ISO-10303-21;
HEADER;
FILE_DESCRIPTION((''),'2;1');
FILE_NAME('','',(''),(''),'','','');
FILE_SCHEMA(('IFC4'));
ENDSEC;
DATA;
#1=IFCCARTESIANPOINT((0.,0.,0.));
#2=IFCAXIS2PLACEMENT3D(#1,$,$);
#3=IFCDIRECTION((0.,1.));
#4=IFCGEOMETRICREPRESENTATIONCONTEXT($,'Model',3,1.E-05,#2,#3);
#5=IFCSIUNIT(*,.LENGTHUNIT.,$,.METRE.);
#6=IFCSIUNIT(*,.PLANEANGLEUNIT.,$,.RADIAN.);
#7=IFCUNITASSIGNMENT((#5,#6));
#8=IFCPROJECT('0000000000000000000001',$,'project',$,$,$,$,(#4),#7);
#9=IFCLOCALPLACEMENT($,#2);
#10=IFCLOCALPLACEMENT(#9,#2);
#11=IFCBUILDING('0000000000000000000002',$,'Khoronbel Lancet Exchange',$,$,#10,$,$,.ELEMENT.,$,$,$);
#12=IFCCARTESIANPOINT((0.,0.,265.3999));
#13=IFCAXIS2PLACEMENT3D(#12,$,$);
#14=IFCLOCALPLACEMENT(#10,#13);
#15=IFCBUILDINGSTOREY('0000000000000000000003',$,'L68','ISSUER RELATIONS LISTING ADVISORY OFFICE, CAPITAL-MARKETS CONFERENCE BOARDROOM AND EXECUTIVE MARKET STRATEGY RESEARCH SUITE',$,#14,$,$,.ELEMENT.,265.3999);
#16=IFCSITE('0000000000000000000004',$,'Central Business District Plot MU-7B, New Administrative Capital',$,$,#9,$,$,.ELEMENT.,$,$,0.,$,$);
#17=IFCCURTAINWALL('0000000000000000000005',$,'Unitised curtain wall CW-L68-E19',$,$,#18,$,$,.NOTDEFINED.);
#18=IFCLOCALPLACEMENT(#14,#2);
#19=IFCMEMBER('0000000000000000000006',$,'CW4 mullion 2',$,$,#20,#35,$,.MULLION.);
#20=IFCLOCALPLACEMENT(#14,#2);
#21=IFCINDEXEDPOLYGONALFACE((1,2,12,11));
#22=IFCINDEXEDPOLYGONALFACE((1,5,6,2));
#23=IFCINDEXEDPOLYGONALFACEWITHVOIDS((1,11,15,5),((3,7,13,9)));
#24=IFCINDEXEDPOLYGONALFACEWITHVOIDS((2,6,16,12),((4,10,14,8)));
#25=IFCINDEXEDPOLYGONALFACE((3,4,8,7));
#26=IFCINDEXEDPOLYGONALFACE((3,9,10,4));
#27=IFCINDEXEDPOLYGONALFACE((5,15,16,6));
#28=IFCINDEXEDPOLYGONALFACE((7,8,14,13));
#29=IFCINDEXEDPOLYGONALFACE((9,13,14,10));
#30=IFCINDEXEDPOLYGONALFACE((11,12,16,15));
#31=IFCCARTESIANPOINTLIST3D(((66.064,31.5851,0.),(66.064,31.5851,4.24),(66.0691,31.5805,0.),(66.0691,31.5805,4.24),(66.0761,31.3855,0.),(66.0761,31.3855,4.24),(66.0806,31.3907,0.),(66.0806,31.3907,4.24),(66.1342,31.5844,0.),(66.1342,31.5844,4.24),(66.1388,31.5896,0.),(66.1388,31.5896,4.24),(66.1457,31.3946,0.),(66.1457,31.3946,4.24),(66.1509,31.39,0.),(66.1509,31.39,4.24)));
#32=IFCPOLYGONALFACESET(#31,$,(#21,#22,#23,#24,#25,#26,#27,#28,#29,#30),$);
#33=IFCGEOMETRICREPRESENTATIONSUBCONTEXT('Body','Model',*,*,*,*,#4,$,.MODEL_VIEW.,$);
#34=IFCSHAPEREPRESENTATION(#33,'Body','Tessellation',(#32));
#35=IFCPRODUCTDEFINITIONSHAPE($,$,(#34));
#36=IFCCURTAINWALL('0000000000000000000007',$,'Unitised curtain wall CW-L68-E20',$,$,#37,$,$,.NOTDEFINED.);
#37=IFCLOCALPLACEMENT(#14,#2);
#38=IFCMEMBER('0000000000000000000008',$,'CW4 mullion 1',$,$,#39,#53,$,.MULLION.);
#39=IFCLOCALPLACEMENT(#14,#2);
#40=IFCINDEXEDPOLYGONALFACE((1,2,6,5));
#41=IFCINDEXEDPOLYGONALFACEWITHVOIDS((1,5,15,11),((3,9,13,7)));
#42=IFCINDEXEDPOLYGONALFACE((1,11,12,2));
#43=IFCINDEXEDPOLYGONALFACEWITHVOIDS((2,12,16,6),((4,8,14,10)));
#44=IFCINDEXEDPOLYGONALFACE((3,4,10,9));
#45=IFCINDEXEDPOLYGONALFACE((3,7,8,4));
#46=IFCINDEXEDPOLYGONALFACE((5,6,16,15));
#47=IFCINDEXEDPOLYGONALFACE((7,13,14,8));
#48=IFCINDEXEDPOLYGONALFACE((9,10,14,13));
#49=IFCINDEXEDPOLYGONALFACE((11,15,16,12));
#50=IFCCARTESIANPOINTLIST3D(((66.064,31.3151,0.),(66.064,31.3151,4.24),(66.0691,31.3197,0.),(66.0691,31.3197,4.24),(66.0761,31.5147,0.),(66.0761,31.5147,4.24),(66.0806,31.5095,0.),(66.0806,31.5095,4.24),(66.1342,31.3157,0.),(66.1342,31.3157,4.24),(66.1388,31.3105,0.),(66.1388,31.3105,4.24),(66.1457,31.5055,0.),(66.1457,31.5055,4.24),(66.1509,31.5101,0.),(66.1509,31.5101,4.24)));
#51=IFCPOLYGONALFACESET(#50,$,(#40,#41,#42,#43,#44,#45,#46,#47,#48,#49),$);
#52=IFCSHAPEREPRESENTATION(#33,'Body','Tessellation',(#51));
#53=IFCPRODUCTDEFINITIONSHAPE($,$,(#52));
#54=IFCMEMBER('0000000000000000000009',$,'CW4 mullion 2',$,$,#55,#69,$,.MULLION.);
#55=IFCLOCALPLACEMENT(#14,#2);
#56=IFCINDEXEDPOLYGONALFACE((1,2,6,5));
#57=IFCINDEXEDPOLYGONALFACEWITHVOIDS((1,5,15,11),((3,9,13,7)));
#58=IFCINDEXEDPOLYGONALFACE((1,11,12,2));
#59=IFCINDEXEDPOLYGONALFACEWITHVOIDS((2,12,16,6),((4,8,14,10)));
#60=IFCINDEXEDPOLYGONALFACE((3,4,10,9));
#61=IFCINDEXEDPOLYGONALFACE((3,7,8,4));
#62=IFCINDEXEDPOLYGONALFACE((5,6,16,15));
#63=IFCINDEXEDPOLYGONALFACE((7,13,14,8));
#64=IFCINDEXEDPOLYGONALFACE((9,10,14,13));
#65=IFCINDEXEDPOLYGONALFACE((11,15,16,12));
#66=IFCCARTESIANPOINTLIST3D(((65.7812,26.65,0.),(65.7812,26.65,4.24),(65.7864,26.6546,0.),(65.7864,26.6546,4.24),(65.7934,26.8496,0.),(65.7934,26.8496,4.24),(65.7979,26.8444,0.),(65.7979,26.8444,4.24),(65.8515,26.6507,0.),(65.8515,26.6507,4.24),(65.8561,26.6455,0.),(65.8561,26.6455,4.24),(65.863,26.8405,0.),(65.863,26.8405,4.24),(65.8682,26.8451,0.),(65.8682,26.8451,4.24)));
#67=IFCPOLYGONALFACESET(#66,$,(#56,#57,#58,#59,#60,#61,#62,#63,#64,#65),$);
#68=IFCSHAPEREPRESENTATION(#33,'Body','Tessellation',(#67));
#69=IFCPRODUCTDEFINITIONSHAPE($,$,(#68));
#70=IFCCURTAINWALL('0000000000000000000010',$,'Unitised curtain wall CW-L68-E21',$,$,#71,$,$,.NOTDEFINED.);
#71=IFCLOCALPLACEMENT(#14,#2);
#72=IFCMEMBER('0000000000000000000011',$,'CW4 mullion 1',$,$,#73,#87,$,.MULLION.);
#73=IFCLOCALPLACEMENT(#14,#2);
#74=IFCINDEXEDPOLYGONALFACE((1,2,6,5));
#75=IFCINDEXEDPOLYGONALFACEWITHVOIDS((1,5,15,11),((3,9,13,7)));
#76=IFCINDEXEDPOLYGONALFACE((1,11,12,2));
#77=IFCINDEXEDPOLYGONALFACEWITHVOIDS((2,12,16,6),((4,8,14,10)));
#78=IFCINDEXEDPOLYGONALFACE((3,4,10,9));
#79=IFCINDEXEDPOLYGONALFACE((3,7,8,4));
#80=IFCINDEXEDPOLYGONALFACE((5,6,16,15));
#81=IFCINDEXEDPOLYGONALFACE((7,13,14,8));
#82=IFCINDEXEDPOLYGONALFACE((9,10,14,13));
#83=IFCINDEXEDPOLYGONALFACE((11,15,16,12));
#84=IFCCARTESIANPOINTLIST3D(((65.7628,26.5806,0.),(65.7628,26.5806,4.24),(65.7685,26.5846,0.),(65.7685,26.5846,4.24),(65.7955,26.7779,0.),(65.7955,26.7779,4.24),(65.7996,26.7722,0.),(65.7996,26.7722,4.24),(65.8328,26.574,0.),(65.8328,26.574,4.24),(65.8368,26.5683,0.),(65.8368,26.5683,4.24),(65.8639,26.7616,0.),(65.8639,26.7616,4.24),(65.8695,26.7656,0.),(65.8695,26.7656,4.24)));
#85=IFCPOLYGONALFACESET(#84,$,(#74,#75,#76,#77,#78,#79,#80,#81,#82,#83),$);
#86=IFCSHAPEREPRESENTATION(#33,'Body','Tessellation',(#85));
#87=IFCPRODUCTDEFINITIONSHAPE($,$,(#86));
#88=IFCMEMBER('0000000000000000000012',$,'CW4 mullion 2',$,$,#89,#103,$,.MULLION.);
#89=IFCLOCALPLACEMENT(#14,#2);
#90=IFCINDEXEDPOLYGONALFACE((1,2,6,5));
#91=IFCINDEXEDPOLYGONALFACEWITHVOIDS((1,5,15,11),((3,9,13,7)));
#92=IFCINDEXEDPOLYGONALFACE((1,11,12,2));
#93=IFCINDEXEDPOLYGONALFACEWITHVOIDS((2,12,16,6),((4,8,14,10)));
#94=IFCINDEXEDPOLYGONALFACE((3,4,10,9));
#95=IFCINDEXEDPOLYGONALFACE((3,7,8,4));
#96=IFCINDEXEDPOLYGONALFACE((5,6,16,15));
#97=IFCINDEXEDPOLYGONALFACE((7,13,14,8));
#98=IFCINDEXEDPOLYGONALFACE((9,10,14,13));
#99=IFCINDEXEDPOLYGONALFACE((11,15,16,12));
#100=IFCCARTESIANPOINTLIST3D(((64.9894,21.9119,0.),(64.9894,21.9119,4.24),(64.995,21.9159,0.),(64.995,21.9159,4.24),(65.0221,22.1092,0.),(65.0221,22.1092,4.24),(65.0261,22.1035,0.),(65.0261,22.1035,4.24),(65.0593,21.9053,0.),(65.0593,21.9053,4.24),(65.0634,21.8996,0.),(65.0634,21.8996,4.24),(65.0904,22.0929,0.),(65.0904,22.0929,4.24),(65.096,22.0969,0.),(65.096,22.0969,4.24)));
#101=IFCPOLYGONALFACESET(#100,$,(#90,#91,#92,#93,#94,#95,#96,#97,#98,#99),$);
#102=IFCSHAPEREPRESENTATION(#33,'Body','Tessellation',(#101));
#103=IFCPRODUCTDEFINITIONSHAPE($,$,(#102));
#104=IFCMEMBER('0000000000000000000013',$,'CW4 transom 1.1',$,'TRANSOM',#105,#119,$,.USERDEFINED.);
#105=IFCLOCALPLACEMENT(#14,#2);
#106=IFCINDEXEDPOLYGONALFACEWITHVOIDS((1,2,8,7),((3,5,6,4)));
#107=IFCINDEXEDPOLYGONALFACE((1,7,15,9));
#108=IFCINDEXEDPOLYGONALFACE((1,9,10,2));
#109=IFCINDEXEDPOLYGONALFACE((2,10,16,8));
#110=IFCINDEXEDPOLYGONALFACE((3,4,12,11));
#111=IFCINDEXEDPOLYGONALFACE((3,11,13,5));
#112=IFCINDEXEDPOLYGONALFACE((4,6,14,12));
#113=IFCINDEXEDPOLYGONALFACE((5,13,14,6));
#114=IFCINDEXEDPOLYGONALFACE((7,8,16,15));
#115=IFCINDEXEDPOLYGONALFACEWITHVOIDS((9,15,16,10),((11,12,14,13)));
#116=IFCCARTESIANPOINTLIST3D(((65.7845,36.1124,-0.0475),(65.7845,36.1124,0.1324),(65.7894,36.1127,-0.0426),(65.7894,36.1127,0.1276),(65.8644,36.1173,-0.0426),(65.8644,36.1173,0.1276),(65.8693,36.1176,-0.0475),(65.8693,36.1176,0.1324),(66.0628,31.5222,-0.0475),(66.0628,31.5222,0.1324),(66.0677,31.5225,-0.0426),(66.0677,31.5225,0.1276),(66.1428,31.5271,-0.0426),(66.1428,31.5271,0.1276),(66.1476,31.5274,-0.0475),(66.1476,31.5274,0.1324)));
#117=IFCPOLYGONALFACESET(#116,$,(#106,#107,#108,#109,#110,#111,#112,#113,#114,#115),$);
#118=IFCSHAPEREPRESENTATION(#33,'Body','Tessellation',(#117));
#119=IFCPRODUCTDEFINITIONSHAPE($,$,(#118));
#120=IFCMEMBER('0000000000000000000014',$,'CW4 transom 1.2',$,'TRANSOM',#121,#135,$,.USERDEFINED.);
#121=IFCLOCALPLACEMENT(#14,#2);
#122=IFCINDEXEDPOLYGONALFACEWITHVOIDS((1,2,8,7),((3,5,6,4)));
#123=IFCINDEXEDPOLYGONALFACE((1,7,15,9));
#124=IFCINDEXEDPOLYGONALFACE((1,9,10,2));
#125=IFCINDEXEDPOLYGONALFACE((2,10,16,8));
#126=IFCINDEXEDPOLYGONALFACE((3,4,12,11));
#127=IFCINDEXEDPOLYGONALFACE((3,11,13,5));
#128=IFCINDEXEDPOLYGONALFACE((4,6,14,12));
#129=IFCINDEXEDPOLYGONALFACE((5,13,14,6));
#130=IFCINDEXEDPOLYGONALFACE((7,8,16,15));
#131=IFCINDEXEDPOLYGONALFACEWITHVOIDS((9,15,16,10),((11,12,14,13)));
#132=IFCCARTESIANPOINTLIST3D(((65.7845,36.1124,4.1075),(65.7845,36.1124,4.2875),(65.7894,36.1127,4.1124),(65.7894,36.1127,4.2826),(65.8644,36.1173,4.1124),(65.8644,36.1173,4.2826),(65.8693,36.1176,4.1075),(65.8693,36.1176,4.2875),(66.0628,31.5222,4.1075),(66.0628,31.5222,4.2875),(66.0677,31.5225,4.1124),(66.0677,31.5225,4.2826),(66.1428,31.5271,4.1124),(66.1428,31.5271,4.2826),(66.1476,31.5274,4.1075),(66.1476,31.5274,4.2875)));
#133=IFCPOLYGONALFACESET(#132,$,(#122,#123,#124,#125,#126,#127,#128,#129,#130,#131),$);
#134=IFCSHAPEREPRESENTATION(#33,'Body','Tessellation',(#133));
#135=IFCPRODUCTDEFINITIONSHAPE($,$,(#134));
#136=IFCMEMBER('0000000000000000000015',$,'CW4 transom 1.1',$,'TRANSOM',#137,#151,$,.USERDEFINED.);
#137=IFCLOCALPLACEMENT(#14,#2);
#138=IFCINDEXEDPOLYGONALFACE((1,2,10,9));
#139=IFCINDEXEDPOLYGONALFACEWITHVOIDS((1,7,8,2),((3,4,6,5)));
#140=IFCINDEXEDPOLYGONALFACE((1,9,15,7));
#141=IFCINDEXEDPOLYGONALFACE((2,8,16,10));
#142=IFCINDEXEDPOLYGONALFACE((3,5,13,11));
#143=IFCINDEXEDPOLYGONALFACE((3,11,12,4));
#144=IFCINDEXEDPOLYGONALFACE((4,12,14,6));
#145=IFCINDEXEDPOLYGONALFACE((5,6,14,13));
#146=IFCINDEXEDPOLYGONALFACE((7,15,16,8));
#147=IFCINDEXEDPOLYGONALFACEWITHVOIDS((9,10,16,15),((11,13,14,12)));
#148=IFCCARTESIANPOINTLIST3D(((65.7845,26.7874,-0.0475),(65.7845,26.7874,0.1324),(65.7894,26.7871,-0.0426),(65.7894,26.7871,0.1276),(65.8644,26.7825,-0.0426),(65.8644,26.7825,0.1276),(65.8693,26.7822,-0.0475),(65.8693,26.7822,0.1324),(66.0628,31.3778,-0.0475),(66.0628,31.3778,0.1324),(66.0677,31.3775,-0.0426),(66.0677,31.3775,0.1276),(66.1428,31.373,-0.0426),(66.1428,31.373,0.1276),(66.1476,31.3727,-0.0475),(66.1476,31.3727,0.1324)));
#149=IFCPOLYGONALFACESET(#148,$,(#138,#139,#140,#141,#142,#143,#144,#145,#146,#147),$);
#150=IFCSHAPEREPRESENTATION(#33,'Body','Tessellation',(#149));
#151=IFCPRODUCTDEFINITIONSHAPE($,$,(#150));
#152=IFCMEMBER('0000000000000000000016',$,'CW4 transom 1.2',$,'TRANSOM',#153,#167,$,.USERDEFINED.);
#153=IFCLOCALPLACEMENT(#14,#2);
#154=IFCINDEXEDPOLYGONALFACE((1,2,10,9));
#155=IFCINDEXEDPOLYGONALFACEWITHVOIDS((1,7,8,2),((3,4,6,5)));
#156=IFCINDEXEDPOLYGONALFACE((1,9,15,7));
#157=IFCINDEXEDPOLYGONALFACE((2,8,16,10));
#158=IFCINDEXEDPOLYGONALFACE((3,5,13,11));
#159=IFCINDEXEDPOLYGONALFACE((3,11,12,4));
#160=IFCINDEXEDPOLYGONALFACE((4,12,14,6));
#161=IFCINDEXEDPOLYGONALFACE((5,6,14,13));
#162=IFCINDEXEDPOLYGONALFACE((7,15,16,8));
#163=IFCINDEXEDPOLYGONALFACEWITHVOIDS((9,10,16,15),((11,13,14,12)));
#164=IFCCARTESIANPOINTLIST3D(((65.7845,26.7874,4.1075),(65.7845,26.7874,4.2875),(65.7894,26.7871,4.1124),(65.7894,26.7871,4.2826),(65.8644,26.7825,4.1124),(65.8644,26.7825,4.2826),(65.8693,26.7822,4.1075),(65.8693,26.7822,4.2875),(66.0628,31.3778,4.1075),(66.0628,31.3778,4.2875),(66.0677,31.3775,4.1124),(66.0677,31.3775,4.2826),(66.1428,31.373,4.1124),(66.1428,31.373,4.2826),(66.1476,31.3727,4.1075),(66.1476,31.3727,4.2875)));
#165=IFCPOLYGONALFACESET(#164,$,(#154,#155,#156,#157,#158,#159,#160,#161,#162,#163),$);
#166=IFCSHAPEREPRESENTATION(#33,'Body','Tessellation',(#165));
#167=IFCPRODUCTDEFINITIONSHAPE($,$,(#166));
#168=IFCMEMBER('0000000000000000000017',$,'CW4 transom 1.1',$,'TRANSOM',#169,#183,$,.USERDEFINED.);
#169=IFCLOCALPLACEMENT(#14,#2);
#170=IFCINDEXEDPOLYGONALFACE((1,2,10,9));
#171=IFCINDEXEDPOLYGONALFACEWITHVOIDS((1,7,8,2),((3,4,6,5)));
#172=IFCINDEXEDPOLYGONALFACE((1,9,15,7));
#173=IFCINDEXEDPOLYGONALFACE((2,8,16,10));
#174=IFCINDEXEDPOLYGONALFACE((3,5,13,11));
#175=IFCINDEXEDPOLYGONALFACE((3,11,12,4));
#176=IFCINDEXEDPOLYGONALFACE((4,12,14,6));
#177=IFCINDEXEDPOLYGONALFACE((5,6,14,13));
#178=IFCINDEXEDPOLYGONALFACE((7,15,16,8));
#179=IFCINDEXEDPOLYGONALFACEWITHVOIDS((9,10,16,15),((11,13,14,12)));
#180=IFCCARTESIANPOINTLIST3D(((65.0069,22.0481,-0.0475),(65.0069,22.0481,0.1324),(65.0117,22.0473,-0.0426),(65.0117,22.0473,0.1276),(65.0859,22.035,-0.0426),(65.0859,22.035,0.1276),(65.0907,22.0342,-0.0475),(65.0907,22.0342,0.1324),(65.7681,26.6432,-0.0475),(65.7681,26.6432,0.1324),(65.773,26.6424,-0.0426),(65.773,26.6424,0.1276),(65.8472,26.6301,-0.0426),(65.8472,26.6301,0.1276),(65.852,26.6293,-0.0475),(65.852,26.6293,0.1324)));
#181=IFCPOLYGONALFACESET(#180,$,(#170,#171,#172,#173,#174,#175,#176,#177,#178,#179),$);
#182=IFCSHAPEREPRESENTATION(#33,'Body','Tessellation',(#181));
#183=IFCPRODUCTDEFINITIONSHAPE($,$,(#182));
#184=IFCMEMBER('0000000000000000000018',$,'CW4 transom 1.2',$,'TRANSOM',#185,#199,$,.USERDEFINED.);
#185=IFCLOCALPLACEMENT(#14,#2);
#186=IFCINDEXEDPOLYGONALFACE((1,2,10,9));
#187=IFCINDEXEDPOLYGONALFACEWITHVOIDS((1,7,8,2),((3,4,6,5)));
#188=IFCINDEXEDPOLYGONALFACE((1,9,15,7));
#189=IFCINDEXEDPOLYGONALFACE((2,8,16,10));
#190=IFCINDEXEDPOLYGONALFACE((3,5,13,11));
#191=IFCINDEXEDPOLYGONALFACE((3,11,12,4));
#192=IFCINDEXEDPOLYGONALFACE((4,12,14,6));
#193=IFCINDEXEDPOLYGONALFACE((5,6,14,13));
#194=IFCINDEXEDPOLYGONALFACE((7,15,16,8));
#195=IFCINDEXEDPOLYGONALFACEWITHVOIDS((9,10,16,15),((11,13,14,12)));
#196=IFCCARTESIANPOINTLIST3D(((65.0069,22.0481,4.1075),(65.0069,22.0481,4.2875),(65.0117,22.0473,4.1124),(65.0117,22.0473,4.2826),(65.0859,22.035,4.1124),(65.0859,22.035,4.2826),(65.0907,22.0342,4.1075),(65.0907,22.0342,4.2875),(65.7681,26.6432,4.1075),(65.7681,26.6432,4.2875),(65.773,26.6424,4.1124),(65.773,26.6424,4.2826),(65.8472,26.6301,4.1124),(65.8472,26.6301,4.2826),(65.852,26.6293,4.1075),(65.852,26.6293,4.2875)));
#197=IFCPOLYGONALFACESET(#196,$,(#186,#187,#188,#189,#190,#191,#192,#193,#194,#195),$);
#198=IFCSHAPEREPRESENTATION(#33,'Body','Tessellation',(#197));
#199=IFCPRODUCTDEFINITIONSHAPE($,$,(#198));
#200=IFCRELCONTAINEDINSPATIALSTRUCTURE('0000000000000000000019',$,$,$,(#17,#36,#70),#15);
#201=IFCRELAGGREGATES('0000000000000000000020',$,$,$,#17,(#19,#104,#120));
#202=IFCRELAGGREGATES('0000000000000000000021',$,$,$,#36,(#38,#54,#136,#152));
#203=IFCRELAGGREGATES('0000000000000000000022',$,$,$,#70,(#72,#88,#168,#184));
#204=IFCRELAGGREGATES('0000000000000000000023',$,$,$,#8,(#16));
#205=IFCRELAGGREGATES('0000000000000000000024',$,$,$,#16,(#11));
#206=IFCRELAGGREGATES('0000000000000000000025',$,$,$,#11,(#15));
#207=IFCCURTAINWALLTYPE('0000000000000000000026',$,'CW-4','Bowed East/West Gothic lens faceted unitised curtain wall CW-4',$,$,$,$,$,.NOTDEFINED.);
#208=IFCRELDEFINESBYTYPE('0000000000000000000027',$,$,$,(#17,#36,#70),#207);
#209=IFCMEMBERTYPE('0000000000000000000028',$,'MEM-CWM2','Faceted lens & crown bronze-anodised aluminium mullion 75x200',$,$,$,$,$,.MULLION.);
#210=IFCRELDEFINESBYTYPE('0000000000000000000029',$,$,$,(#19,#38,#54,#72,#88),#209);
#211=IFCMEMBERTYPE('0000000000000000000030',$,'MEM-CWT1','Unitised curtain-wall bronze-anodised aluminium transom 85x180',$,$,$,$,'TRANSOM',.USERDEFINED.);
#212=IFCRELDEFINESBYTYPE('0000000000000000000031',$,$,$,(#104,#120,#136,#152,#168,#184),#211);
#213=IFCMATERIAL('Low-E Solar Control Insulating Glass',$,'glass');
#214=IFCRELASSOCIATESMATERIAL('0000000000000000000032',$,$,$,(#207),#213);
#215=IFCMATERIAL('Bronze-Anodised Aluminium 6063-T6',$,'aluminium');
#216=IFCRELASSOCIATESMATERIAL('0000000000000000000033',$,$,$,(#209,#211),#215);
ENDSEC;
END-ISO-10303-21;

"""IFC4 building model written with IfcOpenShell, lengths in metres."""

from ifc_helpers import new_model, si_unit, direction, frame, origin, origin_2d, place, context, subcontext, project, spatial, hollow_rectangle, extrude, material, material_profile, profile_set, type_object, element, aggregate, save


model = new_model("IFC4")

# Units and contexts
model_context = context("Model", 3, precision=1e-05, world=origin(), true_north=direction((0.0, 1.0)))
body_context = subcontext(model_context, "Body", "Model", "MODEL_VIEW")
ifc_project = project(units=[si_unit("LENGTHUNIT", "METRE"), si_unit("PLANEANGLEUNIT", "RADIAN")], contexts=[model_context])

# Site, building, storey
site_placement = place(None, origin())
site = spatial("IfcSite", under=ifc_project, at=site_placement, Name="Central Business District Plot MU-7B, New Administrative Capital", CompositionType="ELEMENT", RefElevation=0.0)
building_placement = place(site_placement, origin())
building = spatial("IfcBuilding", under=site, at=building_placement, Name="Khoronbel Lancet Exchange", CompositionType="ELEMENT")
storey_placement = place(building_placement, frame((0.0, 0.0, 265.3999)))
storey = spatial("IfcBuildingStorey", under=building, at=storey_placement, Name="L68", Description="ISSUER RELATIONS LISTING ADVISORY OFFICE, CAPITAL-MARKETS CONFERENCE BOARDROOM AND EXECUTIVE MARKET STRATEGY RESEARCH SUITE", CompositionType="ELEMENT", Elevation=265.3999)

# Shared definitions
ifc_material_1 = material(Name="Low-E Solar Control Insulating Glass", Category="glass")
curtain_wall_type = type_object("IfcCurtainWallType", Name="CW-4", Description="Bowed East/West Gothic lens faceted unitised curtain wall CW-4", PredefinedType="NOTDEFINED", material=ifc_material_1)
ifc_material_2 = material(Name="Bronze-Anodised Aluminium 6063-T6", Category="aluminium")
ifc_material_profile_1 = material_profile(ifc_material_2, hollow_rectangle(XDim=0.075, YDim=0.2, WallThickness=0.0049, at=origin_2d()), Name="ALU MULLION 75x200")
ifc_profile_set_1 = profile_set([ifc_material_profile_1], Name="Bronze-Anodised Aluminium 6063-T6")
member_type_1 = type_object("IfcMemberType", Name="MEM-CWM2", Description="Faceted lens & crown bronze-anodised aluminium mullion 75x200", PredefinedType="MULLION", material=ifc_profile_set_1)

# Curtain walls, members
curtain_wall_1_placement = place(storey_placement, origin())
curtain_wall_1 = element("IfcCurtainWall", 1, at=curtain_wall_1_placement, inside=storey, type_object=curtain_wall_type, Name="Unitised curtain wall CW-L68-E19", PredefinedType="NOTDEFINED")
member_1_placement = place(storey_placement, frame((66.1074, 31.4875, 0.0), z_axis=(0.0, 0.0, 1.0), x_axis=(0.998167, 0.060523, 0.0)))
member_1 = element("IfcMember", 2, at=member_1_placement, type_object=member_type_1, Name="CW4 mullion 2", PredefinedType="MULLION", context=body_context, shape_type="SweptSolid", body=[
    extrude(hollow_rectangle(XDim=0.075, YDim=0.2, WallThickness=0.0049, at=origin_2d()), origin(), (0.0, 0.0, 1.0), 4.24),
])
curtain_wall_2_placement = place(storey_placement, origin())
curtain_wall_2 = element("IfcCurtainWall", 3, at=curtain_wall_2_placement, inside=storey, type_object=curtain_wall_type, Name="Unitised curtain wall CW-L68-E20", PredefinedType="NOTDEFINED")
member_2_placement = place(storey_placement, frame((66.1074, 31.4126, 0.0), z_axis=(0.0, 0.0, 1.0), x_axis=(0.998167, -0.060523, 0.0)))
member_2 = element("IfcMember", 4, at=member_2_placement, type_object=member_type_1, Name="CW4 mullion 1", PredefinedType="MULLION", context=body_context, shape_type="SweptSolid", body=[
    extrude(hollow_rectangle(XDim=0.075, YDim=0.2, WallThickness=0.0049, at=origin_2d()), origin(), (0.0, 0.0, 1.0), 4.24),
])
member_3_placement = place(storey_placement, frame((65.8247, 26.7476, 0.0), z_axis=(0.0, 0.0, 1.0), x_axis=(0.998167, -0.060523, 0.0)))
member_3 = element("IfcMember", 5, at=member_3_placement, type_object=member_type_1, Name="CW4 mullion 2", PredefinedType="MULLION", context=body_context, shape_type="SweptSolid", body=[
    extrude(hollow_rectangle(XDim=0.075, YDim=0.2, WallThickness=0.0049, at=origin_2d()), origin(), (0.0, 0.0, 1.0), 4.24),
])
curtain_wall_3_placement = place(storey_placement, origin())
curtain_wall_3 = element("IfcCurtainWall", 6, at=curtain_wall_3_placement, inside=storey, type_object=curtain_wall_type, Name="Unitised curtain wall CW-L68-E21", PredefinedType="NOTDEFINED")
member_4_placement = place(storey_placement, frame((65.8162, 26.6731, 0.0), z_axis=(0.0, 0.0, 1.0), x_axis=(0.986551, -0.163454, 0.0)))
member_4 = element("IfcMember", 7, at=member_4_placement, type_object=member_type_1, Name="CW4 mullion 1", PredefinedType="MULLION", context=body_context, shape_type="SweptSolid", body=[
    extrude(hollow_rectangle(XDim=0.075, YDim=0.2, WallThickness=0.0049, at=origin_2d()), origin(), (0.0, 0.0, 1.0), 4.24),
])
member_5_placement = place(storey_placement, frame((65.0427, 22.0044, 0.0), z_axis=(0.0, 0.0, 1.0), x_axis=(0.986551, -0.163454, 0.0)))
member_5 = element("IfcMember", 8, at=member_5_placement, type_object=member_type_1, Name="CW4 mullion 2", PredefinedType="MULLION", context=body_context, shape_type="SweptSolid", body=[
    extrude(hollow_rectangle(XDim=0.075, YDim=0.2, WallThickness=0.0049, at=origin_2d()), origin(), (0.0, 0.0, 1.0), 4.24),
])

# Members
ifc_material_profile_2 = material_profile(ifc_material_2, hollow_rectangle(XDim=0.085, YDim=0.1799, WallThickness=0.0049, at=origin_2d()), Name="ALU TRANSOM 85x180")
ifc_profile_set_2 = profile_set([ifc_material_profile_2], Name="Bronze-Anodised Aluminium 6063-T6")
member_type_2 = type_object("IfcMemberType", Name="MEM-CWT1", Description="Unitised curtain-wall bronze-anodised aluminium transom 85x180", ElementType="TRANSOM", PredefinedType="USERDEFINED", material=ifc_profile_set_2)
member_6_placement = place(storey_placement, frame((65.8269, 36.115, 0.0425), z_axis=(0.060524, -0.998167, 0.0), x_axis=(0.998167, 0.060524, 0.0)))
member_6 = element("IfcMember", 9, at=member_6_placement, type_object=member_type_2, Name="CW4 transom 1.1", ObjectType="TRANSOM", PredefinedType="USERDEFINED", context=body_context, shape_type="SweptSolid", body=[
    extrude(hollow_rectangle(XDim=0.085, YDim=0.1799, WallThickness=0.0049, at=origin_2d()), origin(), (0.0, 0.0, 1.0), 4.5986),
])
member_7_placement = place(storey_placement, frame((65.8269, 36.115, 4.1975), z_axis=(0.060524, -0.998167, 0.0), x_axis=(0.998167, 0.060524, 0.0)))
member_7 = element("IfcMember", 10, at=member_7_placement, type_object=member_type_2, Name="CW4 transom 1.2", ObjectType="TRANSOM", PredefinedType="USERDEFINED", context=body_context, shape_type="SweptSolid", body=[
    extrude(hollow_rectangle(XDim=0.085, YDim=0.1799, WallThickness=0.0049, at=origin_2d()), origin(), (0.0, 0.0, 1.0), 4.5986),
])
member_8_placement = place(storey_placement, frame((66.1052, 31.3752, 0.0425), z_axis=(-0.060521, -0.998167, 0.0), x_axis=(0.998167, -0.060521, 0.0)))
member_8 = element("IfcMember", 11, at=member_8_placement, type_object=member_type_2, Name="CW4 transom 1.1", ObjectType="TRANSOM", PredefinedType="USERDEFINED", context=body_context, shape_type="SweptSolid", body=[
    extrude(hollow_rectangle(XDim=0.085, YDim=0.1799, WallThickness=0.0049, at=origin_2d()), origin(), (0.0, 0.0, 1.0), 4.5989),
])
member_9_placement = place(storey_placement, frame((66.1052, 31.3752, 4.1975), z_axis=(-0.060521, -0.998167, 0.0), x_axis=(0.998167, -0.060521, 0.0)))
member_9 = element("IfcMember", 12, at=member_9_placement, type_object=member_type_2, Name="CW4 transom 1.2", ObjectType="TRANSOM", PredefinedType="USERDEFINED", context=body_context, shape_type="SweptSolid", body=[
    extrude(hollow_rectangle(XDim=0.085, YDim=0.1799, WallThickness=0.0049, at=origin_2d()), origin(), (0.0, 0.0, 1.0), 4.5989),
])
member_10_placement = place(storey_placement, frame((65.8101, 26.6362, 0.0425), z_axis=(-0.163438, -0.986554, 0.0), x_axis=(0.986554, -0.163438, 0.0)))
member_10 = element("IfcMember", 13, at=member_10_placement, type_object=member_type_2, Name="CW4 transom 1.1", ObjectType="TRANSOM", PredefinedType="USERDEFINED", context=body_context, shape_type="SweptSolid", body=[
    extrude(hollow_rectangle(XDim=0.085, YDim=0.1799, WallThickness=0.0049, at=origin_2d()), origin(), (0.0, 0.0, 1.0), 4.6577),
])
member_11_placement = place(storey_placement, frame((65.8101, 26.6362, 4.1975), z_axis=(-0.163438, -0.986554, 0.0), x_axis=(0.986554, -0.163438, 0.0)))
member_11 = element("IfcMember", 14, at=member_11_placement, type_object=member_type_2, Name="CW4 transom 1.2", ObjectType="TRANSOM", PredefinedType="USERDEFINED", context=body_context, shape_type="SweptSolid", body=[
    extrude(hollow_rectangle(XDim=0.085, YDim=0.1799, WallThickness=0.0049, at=origin_2d()), origin(), (0.0, 0.0, 1.0), 4.6577),
])

aggregate(curtain_wall_1, [member_1, member_6, member_7])
aggregate(curtain_wall_2, [member_2, member_3, member_8, member_9])
aggregate(curtain_wall_3, [member_4, member_5, member_10, member_11])

save(model, "model.ifc")
